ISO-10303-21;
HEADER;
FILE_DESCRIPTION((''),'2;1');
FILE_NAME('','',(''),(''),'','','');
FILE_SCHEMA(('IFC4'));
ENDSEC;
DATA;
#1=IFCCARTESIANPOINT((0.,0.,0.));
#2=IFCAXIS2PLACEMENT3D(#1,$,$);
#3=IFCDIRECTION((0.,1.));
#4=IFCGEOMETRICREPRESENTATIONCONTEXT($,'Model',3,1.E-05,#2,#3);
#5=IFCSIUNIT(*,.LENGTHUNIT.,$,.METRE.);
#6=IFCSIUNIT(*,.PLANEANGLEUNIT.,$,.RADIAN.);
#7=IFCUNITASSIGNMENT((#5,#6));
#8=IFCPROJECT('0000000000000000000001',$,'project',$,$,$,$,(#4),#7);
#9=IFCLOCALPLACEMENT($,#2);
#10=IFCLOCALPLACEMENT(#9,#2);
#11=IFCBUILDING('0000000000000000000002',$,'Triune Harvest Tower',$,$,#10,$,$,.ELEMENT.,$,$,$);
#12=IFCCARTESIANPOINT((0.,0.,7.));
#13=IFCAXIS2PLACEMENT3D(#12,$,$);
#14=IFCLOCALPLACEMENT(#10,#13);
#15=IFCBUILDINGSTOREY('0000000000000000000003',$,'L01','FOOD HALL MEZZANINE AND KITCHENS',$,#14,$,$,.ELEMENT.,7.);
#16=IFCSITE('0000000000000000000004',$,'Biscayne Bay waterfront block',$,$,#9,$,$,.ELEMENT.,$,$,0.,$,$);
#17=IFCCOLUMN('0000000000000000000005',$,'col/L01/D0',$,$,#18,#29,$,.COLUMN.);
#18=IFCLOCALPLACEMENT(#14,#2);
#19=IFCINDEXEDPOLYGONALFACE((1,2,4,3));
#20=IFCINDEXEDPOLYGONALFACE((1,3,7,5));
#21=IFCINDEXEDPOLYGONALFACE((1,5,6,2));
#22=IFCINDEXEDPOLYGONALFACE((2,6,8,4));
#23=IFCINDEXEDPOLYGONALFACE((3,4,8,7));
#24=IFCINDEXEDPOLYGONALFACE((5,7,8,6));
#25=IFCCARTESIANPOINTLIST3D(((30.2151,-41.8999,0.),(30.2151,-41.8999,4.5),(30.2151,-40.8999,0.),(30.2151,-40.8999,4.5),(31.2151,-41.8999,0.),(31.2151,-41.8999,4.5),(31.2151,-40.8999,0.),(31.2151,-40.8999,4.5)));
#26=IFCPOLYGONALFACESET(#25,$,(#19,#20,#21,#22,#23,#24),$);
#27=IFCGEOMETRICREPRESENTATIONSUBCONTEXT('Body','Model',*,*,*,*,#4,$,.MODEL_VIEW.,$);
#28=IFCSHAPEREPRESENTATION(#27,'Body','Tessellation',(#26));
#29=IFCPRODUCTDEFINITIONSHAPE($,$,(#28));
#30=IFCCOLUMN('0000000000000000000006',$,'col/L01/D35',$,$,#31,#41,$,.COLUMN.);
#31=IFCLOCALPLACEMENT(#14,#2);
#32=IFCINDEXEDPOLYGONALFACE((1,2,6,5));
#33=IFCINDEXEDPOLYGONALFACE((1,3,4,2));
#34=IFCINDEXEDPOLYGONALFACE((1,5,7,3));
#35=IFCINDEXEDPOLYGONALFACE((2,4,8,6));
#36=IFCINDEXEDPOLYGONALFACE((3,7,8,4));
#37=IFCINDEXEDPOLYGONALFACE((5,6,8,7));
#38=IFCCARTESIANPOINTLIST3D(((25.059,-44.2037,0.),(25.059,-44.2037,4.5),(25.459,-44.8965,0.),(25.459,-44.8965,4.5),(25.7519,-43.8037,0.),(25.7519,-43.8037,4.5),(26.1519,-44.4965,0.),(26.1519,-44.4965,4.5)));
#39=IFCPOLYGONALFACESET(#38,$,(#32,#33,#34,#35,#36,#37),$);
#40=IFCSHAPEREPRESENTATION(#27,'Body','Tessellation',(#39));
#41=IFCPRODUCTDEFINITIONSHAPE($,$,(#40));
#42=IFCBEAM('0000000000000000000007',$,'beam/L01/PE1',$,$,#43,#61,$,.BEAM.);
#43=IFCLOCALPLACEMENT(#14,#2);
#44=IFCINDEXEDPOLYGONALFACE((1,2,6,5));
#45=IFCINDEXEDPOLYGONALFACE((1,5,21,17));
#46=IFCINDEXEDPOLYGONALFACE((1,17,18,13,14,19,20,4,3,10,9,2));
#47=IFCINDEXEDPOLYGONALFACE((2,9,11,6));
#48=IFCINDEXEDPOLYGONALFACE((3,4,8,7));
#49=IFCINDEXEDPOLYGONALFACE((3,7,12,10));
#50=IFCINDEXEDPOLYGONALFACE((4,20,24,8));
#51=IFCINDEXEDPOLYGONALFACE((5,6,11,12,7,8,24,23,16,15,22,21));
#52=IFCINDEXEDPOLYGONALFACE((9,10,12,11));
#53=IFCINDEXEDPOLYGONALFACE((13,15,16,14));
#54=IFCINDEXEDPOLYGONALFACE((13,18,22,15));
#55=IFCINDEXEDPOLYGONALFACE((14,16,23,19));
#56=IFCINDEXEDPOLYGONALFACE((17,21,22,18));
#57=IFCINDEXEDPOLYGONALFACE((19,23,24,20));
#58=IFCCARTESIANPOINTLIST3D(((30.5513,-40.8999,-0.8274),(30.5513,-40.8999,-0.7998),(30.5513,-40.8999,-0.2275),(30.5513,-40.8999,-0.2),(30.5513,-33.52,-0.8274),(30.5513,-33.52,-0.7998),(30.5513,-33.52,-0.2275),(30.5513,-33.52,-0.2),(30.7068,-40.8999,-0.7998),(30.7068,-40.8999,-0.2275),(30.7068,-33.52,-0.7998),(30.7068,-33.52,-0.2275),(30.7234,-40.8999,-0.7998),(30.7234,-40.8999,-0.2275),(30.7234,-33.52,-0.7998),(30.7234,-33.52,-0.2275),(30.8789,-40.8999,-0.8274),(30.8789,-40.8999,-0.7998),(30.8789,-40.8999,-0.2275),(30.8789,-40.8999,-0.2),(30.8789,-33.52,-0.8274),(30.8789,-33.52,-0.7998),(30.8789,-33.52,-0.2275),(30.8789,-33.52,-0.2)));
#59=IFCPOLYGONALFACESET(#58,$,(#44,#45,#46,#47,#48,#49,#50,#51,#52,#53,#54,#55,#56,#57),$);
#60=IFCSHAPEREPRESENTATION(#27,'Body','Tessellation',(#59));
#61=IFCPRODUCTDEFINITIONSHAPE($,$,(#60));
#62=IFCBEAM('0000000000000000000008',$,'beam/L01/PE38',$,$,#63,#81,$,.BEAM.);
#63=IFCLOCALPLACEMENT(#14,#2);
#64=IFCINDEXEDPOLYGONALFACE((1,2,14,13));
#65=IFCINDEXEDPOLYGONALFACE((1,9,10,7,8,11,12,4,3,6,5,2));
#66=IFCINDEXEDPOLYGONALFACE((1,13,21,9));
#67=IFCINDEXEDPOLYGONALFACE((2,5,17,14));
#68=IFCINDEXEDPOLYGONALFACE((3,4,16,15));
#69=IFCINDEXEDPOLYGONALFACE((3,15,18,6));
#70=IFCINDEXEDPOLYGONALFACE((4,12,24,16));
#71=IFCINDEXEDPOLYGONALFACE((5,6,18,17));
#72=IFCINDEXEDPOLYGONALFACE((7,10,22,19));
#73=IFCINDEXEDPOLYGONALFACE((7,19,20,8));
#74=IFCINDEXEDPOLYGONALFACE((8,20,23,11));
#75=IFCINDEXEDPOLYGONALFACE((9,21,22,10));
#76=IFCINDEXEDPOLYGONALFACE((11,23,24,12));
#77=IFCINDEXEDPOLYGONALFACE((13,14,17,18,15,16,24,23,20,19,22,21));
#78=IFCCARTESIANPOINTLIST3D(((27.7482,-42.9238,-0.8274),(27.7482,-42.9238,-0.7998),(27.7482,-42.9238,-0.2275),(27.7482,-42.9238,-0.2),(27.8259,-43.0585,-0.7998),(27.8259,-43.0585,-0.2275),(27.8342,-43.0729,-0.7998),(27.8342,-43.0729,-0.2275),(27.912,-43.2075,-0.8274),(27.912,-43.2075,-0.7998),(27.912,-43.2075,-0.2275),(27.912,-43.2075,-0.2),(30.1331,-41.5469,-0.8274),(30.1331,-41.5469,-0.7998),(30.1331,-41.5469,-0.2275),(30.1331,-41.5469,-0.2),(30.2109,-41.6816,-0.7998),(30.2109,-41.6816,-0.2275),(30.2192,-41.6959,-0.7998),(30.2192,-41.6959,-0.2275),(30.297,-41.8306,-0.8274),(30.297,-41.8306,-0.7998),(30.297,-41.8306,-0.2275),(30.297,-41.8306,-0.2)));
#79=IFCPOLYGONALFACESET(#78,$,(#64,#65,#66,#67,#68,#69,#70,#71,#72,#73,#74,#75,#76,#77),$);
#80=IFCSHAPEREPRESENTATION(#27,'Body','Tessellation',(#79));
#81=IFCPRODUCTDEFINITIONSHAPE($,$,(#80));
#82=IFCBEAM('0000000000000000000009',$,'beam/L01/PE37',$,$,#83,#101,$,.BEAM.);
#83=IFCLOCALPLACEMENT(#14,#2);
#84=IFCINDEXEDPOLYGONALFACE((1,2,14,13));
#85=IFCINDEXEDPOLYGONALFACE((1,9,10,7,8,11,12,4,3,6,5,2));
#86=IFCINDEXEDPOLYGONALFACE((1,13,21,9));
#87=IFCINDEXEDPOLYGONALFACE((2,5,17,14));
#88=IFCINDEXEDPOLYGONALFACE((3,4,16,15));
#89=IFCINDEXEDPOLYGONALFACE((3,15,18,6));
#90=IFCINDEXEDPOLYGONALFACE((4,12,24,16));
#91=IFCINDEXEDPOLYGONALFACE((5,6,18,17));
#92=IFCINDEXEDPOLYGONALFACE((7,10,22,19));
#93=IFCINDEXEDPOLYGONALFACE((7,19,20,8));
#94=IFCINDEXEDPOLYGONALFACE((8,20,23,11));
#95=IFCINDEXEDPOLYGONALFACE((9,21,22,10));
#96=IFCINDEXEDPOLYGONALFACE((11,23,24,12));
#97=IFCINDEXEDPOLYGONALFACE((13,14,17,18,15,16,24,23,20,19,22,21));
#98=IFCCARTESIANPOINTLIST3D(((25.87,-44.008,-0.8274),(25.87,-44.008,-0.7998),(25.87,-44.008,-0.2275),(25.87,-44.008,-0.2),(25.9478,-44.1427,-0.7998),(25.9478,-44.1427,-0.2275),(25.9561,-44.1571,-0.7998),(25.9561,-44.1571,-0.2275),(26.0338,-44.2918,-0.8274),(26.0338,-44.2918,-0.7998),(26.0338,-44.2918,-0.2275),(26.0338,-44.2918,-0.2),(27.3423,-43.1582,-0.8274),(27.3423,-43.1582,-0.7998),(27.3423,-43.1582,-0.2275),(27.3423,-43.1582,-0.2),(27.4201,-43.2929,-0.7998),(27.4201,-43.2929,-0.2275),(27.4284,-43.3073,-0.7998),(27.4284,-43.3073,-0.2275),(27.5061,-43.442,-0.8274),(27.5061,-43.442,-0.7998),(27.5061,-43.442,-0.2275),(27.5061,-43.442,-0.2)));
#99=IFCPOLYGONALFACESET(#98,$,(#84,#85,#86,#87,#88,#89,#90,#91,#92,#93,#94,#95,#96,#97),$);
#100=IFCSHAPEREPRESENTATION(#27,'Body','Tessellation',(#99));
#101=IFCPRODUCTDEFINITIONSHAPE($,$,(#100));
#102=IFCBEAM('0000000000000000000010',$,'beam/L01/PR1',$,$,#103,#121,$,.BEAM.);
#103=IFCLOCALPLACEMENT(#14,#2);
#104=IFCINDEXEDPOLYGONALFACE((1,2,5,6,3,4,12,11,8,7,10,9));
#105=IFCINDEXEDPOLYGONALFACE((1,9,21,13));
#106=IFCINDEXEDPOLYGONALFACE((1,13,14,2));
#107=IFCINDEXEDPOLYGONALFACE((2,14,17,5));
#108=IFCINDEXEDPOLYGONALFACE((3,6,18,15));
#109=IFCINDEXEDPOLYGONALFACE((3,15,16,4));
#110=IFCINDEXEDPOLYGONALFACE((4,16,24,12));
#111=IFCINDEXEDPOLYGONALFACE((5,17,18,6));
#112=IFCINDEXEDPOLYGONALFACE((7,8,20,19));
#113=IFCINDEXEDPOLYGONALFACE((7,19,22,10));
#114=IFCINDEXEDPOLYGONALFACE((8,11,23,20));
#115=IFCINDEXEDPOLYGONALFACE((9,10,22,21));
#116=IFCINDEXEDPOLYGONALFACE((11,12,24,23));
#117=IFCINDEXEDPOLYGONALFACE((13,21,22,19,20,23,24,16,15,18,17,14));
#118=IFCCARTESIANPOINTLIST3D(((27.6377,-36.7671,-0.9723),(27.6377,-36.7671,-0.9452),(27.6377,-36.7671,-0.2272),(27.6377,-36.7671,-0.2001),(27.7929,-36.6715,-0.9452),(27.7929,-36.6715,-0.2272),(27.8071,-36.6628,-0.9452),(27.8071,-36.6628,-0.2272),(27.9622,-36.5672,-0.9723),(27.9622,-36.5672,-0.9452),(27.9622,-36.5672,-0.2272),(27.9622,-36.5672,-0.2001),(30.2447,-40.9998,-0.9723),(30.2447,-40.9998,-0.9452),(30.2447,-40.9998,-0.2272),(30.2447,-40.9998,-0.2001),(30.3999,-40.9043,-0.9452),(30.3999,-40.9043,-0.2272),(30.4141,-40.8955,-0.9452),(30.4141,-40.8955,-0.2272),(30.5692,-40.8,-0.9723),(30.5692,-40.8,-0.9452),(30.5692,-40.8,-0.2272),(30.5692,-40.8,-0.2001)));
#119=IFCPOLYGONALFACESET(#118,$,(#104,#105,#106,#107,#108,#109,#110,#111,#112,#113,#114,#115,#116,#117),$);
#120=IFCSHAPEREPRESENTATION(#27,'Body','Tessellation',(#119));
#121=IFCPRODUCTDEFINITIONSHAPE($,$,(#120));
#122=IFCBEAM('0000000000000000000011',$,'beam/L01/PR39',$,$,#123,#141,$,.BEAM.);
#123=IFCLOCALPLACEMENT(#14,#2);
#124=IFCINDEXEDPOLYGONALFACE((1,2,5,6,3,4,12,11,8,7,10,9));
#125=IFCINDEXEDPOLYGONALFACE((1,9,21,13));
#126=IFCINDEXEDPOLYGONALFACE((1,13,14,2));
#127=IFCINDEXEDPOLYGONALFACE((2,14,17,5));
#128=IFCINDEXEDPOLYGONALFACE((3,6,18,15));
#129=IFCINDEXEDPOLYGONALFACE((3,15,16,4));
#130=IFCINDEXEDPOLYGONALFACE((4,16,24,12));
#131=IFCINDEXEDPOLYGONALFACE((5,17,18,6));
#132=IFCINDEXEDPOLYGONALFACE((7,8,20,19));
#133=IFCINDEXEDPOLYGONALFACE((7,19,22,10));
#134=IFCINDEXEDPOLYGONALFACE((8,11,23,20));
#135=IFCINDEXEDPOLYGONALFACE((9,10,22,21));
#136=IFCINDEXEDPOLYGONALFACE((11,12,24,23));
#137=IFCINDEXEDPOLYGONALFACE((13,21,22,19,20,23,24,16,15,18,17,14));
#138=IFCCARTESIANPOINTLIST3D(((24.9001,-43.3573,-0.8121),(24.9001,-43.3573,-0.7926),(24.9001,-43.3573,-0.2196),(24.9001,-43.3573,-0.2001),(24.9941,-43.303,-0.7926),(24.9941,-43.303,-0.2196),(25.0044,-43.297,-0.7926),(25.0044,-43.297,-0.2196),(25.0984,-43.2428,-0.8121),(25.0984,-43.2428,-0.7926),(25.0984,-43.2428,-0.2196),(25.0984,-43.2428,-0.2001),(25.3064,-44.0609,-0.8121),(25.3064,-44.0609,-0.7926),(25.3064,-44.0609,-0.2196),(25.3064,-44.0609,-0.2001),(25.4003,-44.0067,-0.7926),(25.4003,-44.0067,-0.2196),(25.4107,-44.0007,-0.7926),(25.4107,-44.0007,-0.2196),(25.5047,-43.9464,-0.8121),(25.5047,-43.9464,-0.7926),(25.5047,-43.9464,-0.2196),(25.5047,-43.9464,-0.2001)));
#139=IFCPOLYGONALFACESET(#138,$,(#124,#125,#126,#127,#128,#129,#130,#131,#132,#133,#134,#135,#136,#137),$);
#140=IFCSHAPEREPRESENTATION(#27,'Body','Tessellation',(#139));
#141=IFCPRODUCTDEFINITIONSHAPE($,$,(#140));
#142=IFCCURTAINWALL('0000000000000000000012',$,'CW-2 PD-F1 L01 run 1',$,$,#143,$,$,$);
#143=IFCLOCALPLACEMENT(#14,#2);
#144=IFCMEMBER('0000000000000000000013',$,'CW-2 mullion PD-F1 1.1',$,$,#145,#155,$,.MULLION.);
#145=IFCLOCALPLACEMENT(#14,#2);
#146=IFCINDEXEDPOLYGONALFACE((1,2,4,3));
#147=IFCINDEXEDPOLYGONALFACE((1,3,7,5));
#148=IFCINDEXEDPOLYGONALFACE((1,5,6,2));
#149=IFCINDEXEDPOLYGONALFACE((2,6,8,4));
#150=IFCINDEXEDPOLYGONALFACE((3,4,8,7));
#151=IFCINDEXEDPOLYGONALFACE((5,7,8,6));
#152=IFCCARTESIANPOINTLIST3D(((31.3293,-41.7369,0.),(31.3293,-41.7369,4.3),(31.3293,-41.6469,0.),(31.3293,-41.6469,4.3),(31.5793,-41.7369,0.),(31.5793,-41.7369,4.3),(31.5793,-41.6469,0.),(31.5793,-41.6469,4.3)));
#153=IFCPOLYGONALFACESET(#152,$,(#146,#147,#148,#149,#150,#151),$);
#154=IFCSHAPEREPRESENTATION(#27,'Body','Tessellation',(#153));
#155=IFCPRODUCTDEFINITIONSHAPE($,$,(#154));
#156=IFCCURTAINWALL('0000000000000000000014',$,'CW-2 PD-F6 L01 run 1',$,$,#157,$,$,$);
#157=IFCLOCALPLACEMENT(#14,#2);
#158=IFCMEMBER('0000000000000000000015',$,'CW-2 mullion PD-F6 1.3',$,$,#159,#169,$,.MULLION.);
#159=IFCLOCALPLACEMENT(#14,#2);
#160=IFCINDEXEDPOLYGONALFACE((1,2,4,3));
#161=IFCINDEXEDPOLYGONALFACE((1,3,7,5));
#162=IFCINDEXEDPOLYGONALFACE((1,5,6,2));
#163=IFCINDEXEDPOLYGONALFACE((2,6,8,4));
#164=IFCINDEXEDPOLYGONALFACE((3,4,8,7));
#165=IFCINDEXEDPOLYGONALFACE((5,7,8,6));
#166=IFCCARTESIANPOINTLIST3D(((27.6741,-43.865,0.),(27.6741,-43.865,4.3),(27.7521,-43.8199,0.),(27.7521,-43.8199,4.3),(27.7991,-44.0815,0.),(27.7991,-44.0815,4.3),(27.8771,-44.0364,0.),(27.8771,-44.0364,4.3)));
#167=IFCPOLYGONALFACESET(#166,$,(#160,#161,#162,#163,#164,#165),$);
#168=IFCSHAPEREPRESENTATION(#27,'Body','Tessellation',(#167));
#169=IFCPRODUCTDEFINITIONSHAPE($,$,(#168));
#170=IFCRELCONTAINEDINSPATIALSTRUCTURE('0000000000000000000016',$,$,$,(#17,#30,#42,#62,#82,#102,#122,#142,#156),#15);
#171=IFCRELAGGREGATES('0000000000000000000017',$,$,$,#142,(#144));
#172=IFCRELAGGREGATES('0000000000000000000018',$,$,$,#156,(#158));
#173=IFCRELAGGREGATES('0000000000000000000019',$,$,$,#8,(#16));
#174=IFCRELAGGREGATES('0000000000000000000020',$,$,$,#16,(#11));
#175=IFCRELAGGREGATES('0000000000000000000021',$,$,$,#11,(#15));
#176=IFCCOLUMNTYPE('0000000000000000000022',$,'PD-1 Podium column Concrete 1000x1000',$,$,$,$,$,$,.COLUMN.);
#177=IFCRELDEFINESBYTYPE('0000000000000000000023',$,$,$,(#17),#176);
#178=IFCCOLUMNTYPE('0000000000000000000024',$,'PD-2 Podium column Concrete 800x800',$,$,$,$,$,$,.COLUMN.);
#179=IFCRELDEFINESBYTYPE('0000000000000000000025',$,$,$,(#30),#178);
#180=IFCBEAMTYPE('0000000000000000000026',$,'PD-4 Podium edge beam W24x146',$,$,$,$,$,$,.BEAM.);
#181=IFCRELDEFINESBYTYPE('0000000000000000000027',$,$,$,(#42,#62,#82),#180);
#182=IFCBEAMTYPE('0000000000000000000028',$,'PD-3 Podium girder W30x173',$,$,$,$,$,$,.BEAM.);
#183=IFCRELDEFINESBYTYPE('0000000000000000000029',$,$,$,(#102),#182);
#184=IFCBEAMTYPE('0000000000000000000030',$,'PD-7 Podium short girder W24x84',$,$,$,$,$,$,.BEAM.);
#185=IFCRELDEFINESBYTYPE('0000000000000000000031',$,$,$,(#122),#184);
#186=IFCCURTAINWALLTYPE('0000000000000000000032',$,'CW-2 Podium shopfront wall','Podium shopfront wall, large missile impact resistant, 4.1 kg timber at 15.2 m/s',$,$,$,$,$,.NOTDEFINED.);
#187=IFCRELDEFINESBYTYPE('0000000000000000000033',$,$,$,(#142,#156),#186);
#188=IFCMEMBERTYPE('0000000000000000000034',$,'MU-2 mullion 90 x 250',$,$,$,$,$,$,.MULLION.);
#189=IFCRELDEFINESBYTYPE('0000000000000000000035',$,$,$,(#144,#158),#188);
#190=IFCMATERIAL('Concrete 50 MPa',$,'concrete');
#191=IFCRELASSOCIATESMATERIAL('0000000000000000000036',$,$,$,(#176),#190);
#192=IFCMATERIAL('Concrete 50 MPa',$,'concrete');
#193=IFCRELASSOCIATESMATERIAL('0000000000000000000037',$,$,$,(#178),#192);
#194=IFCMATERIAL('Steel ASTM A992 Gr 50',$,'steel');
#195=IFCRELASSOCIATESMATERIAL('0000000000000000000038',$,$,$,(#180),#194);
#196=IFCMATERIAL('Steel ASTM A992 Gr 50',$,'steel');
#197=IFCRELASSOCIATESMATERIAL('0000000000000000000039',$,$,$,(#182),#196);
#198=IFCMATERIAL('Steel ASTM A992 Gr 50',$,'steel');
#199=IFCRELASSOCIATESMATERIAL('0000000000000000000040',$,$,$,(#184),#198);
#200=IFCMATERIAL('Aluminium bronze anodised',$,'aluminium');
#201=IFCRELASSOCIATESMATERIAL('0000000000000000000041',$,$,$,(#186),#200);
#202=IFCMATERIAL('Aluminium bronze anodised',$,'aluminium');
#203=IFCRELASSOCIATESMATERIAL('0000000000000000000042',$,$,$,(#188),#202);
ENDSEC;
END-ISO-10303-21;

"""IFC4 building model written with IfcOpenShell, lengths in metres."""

from ifc_helpers import new_model, si_unit, direction, frame, origin, origin_2d, place, context, subcontext, project, spatial, rectangle, i_section, extrude, source, transform, mapped, material, material_profile, profile_set, type_object, element, aggregate, save


model = new_model("IFC4")

# Units and contexts
model_context = context("Model", 3, precision=1e-05, world=origin(), true_north=direction((0.0, 1.0)))
body_context = subcontext(model_context, "Body", "Model", "MODEL_VIEW")
ifc_project = project(units=[si_unit("LENGTHUNIT", "METRE"), si_unit("PLANEANGLEUNIT", "RADIAN")], contexts=[model_context])

# Site, building, storey
site_placement = place(None, origin())
site = spatial("IfcSite", under=ifc_project, at=site_placement, Name="Biscayne Bay waterfront block", CompositionType="ELEMENT", RefElevation=0.0)
building_placement = place(site_placement, origin())
building = spatial("IfcBuilding", under=site, at=building_placement, Name="Triune Harvest Tower", CompositionType="ELEMENT")
storey_placement = place(building_placement, frame((0.0, 0.0, 7.0)))
storey = spatial("IfcBuildingStorey", under=building, at=storey_placement, Name="L01", Description="FOOD HALL MEZZANINE AND KITCHENS", CompositionType="ELEMENT", Elevation=7.0)

# Columns
ifc_material_1 = material(Name="Concrete 50 MPa", Category="concrete")
ifc_material_profile_1 = material_profile(ifc_material_1, rectangle(XDim=1.0, YDim=1.0, at=origin_2d()), Name="Concrete 1000x1000")
ifc_profile_set_1 = profile_set([ifc_material_profile_1], Name="Concrete 50 MPa")
column_type_1 = type_object("IfcColumnType", Name="PD-1 Podium column Concrete 1000x1000", PredefinedType="COLUMN", material=ifc_profile_set_1)
shared_shape_1 = source(origin(), body_context, "Body", "SweptSolid", [
    extrude(rectangle(XDim=1.0, YDim=1.0, at=origin_2d()), origin(), (0.0, 0.0, 1.0), 4.5),
])
column_1_placement = place(storey_placement, frame((30.7151, -41.3999, 0.0), z_axis=(0.0, 0.0, 1.0), x_axis=(0.0, 1.0, 0.0)))
element("IfcColumn", 1, at=column_1_placement, inside=storey, type_object=column_type_1, Name="col/L01/D0", PredefinedType="COLUMN", context=body_context, shape_type="MappedRepresentation", body=[
    mapped(shared_shape_1, transform((0.0, 0.0, 0.0), scale=1.0)),
])
ifc_material_2 = material(Name="Concrete 50 MPa", Category="concrete")
ifc_material_profile_2 = material_profile(ifc_material_2, rectangle(XDim=0.8, YDim=0.8, at=origin_2d()), Name="Concrete 800x800")
ifc_profile_set_2 = profile_set([ifc_material_profile_2], Name="Concrete 50 MPa")
column_type_2 = type_object("IfcColumnType", Name="PD-2 Podium column Concrete 800x800", PredefinedType="COLUMN", material=ifc_profile_set_2)
shared_shape_2 = source(origin(), body_context, "Body", "SweptSolid", [
    extrude(rectangle(XDim=0.8, YDim=0.8, at=origin_2d()), origin(), (0.0, 0.0, 1.0), 4.5),
])
column_2_placement = place(storey_placement, frame((25.6055, -44.3501, 0.0), z_axis=(0.0, 0.0, 1.0), x_axis=(0.866027, 0.499997, 0.0)))
element("IfcColumn", 2, at=column_2_placement, inside=storey, type_object=column_type_2, Name="col/L01/D35", PredefinedType="COLUMN", context=body_context, shape_type="MappedRepresentation", body=[
    mapped(shared_shape_2, transform((0.0, 0.0, 0.0), scale=1.0)),
])

# Beams
ifc_material_3 = material(Name="Steel ASTM A992 Gr 50", Category="steel")
ifc_material_profile_3 = material_profile(ifc_material_3, i_section(OverallWidth=0.3276, OverallDepth=0.6274, WebThickness=0.0166, FlangeThickness=0.0276, at=origin_2d()), Name="W24x146")
ifc_profile_set_3 = profile_set([ifc_material_profile_3], Name="Steel ASTM A992 Gr 50")
beam_type_1 = type_object("IfcBeamType", Name="PD-4 Podium edge beam W24x146", PredefinedType="BEAM", material=ifc_profile_set_3)
shared_shape_3 = source(origin(), body_context, "Body", "SweptSolid", [
    extrude(i_section(OverallWidth=0.3276, OverallDepth=0.6274, WebThickness=0.0166, FlangeThickness=0.0276, at=origin_2d()), origin(), (0.0, 0.0, 1.0), 7.3799),
])
beam_1_placement = place(storey_placement, frame((30.7151, -40.8999, -0.5137), z_axis=(0.0, 1.0, 0.0), x_axis=(-1.0, 0.0, 0.0)))
element("IfcBeam", 3, at=beam_1_placement, inside=storey, type_object=beam_type_1, Name="beam/L01/PE1", PredefinedType="BEAM", context=body_context, shape_type="MappedRepresentation", body=[
    mapped(shared_shape_3, transform((0.0, 0.0, 0.0), scale=1.0)),
])
shared_shape_4 = source(origin(), body_context, "Body", "SweptSolid", [
    extrude(i_section(OverallWidth=0.3276, OverallDepth=0.6274, WebThickness=0.0166, FlangeThickness=0.0276, at=origin_2d()), origin(), (0.0, 0.0, 1.0), 2.7539),
])
beam_2_placement = place(storey_placement, frame((27.8301, -43.0657, -0.5137), z_axis=(0.866031, 0.499991, 0.0), x_axis=(-0.499991, 0.866031, 0.0)))
element("IfcBeam", 4, at=beam_2_placement, inside=storey, type_object=beam_type_1, Name="beam/L01/PE38", PredefinedType="BEAM", context=body_context, shape_type="MappedRepresentation", body=[
    mapped(shared_shape_4, transform((0.0, 0.0, 0.0), scale=1.0)),
])
shared_shape_5 = source(origin(), body_context, "Body", "SweptSolid", [
    extrude(i_section(OverallWidth=0.3276, OverallDepth=0.6274, WebThickness=0.0166, FlangeThickness=0.0276, at=origin_2d()), origin(), (0.0, 0.0, 1.0), 1.7),
])
beam_3_placement = place(storey_placement, frame((25.9519, -44.1499, -0.5137), z_axis=(0.866088, 0.499892, 0.0), x_axis=(-0.499892, 0.866088, 0.0)))
element("IfcBeam", 5, at=beam_3_placement, inside=storey, type_object=beam_type_1, Name="beam/L01/PE37", PredefinedType="BEAM", context=body_context, shape_type="MappedRepresentation", body=[
    mapped(shared_shape_5, transform((0.0, 0.0, 0.0), scale=1.0)),
])
ifc_material_4 = material(Name="Steel ASTM A992 Gr 50", Category="steel")
ifc_material_profile_4 = material_profile(ifc_material_4, i_section(OverallWidth=0.3811, OverallDepth=0.7722, WebThickness=0.0166, FlangeThickness=0.0271, at=origin_2d()), Name="W30x173")
ifc_profile_set_4 = profile_set([ifc_material_profile_4], Name="Steel ASTM A992 Gr 50")
beam_type_2 = type_object("IfcBeamType", Name="PD-3 Podium girder W30x173", PredefinedType="BEAM", material=ifc_profile_set_4)
shared_shape_6 = source(origin(), body_context, "Body", "SweptSolid", [
    extrude(i_section(OverallWidth=0.3811, OverallDepth=0.7722, WebThickness=0.0166, FlangeThickness=0.0271, at=origin_2d()), origin(), (0.0, 0.0, 1.0), 4.9712),
])
beam_4_placement = place(storey_placement, frame((30.407, -40.8999, -0.5862), z_axis=(-0.524421, 0.851459, 0.0), x_axis=(-0.851459, -0.524421, 0.0)))
element("IfcBeam", 6, at=beam_4_placement, inside=storey, type_object=beam_type_2, Name="beam/L01/PR1", PredefinedType="BEAM", context=body_context, shape_type="MappedRepresentation", body=[
    mapped(shared_shape_6, transform((0.0, 0.0, 0.0), scale=1.0)),
])
ifc_material_5 = material(Name="Steel ASTM A992 Gr 50", Category="steel")
ifc_material_profile_5 = material_profile(ifc_material_5, i_section(OverallWidth=0.229, OverallDepth=0.6121, WebThickness=0.012, FlangeThickness=0.0195, at=origin_2d()), Name="W24x84")
ifc_profile_set_5 = profile_set([ifc_material_profile_5], Name="Steel ASTM A992 Gr 50")
beam_type_3 = type_object("IfcBeamType", Name="PD-7 Podium short girder W24x84", PredefinedType="BEAM", material=ifc_profile_set_5)
shared_shape_7 = source(origin(), body_context, "Body", "SweptSolid", [
    extrude(i_section(OverallWidth=0.229, OverallDepth=0.6121, WebThickness=0.012, FlangeThickness=0.0195, at=origin_2d()), origin(), (0.0, 0.0, 1.0), 0.8125),
])
beam_5_placement = place(storey_placement, frame((25.4055, -44.0037, -0.5061), z_axis=(-0.500017, 0.866015, 0.0), x_axis=(-0.866015, -0.500017, 0.0)))
element("IfcBeam", 7, at=beam_5_placement, inside=storey, type_object=beam_type_3, Name="beam/L01/PR39", PredefinedType="BEAM", context=body_context, shape_type="MappedRepresentation", body=[
    mapped(shared_shape_7, transform((0.0, 0.0, 0.0), scale=1.0)),
])

# Curtain wall, member
ifc_material_6 = material(Name="Aluminium bronze anodised", Category="aluminium")
curtain_wall_type = type_object("IfcCurtainWallType", Name="CW-2 Podium shopfront wall", Description="Podium shopfront wall, large missile impact resistant, 4.1 kg timber at 15.2 m/s", PredefinedType="NOTDEFINED", material=ifc_material_6)
curtain_wall_1_placement = place(storey_placement, origin())
curtain_wall_1 = element("IfcCurtainWall", 8, at=curtain_wall_1_placement, inside=storey, type_object=curtain_wall_type, Name="CW-2 PD-F1 L01 run 1")
ifc_material_7 = material(Name="Aluminium bronze anodised", Category="aluminium")
ifc_material_profile_6 = material_profile(ifc_material_7, rectangle(XDim=0.25, YDim=0.0901, at=origin_2d()), Name="MU-2 mullion 90 x 250")
ifc_profile_set_6 = profile_set([ifc_material_profile_6], Name="Aluminium bronze anodised")
member_type_1 = type_object("IfcMemberType", Name="MU-2 mullion 90 x 250", PredefinedType="MULLION", material=ifc_profile_set_6)
shared_shape_8 = source(origin(), body_context, "Body", "SweptSolid", [
    extrude(rectangle(XDim=0.25, YDim=0.0901, at=origin_2d()), origin(), (0.0, 0.0, 1.0), 4.3),
])
member_1_placement = place(storey_placement, frame((31.4543, -41.6919, 0.0), z_axis=(0.0, 0.0, 1.0), x_axis=(-1.0, 0.0, 0.0)))
member_1 = element("IfcMember", 9, at=member_1_placement, type_object=member_type_1, Name="CW-2 mullion PD-F1 1.1", PredefinedType="MULLION", context=body_context, shape_type="MappedRepresentation", body=[
    mapped(shared_shape_8, transform((0.0, 0.0, 0.0), scale=1.0)),
])

# Curtain wall, member
curtain_wall_2_placement = place(storey_placement, origin())
curtain_wall_2 = element("IfcCurtainWall", 10, at=curtain_wall_2_placement, inside=storey, type_object=curtain_wall_type, Name="CW-2 PD-F6 L01 run 1")
member_2_placement = place(storey_placement, frame((27.7756, -43.9507, 0.0), z_axis=(0.0, 0.0, 1.0), x_axis=(-0.499998, 0.866027, 0.0)))
member_2 = element("IfcMember", 11, at=member_2_placement, type_object=member_type_1, Name="CW-2 mullion PD-F6 1.3", PredefinedType="MULLION", context=body_context, shape_type="MappedRepresentation", body=[
    mapped(shared_shape_8, transform((0.0, 0.0, 0.0), scale=1.0)),
])

aggregate(curtain_wall_1, [member_1])

aggregate(curtain_wall_2, [member_2])

save(model, "model.ifc")
